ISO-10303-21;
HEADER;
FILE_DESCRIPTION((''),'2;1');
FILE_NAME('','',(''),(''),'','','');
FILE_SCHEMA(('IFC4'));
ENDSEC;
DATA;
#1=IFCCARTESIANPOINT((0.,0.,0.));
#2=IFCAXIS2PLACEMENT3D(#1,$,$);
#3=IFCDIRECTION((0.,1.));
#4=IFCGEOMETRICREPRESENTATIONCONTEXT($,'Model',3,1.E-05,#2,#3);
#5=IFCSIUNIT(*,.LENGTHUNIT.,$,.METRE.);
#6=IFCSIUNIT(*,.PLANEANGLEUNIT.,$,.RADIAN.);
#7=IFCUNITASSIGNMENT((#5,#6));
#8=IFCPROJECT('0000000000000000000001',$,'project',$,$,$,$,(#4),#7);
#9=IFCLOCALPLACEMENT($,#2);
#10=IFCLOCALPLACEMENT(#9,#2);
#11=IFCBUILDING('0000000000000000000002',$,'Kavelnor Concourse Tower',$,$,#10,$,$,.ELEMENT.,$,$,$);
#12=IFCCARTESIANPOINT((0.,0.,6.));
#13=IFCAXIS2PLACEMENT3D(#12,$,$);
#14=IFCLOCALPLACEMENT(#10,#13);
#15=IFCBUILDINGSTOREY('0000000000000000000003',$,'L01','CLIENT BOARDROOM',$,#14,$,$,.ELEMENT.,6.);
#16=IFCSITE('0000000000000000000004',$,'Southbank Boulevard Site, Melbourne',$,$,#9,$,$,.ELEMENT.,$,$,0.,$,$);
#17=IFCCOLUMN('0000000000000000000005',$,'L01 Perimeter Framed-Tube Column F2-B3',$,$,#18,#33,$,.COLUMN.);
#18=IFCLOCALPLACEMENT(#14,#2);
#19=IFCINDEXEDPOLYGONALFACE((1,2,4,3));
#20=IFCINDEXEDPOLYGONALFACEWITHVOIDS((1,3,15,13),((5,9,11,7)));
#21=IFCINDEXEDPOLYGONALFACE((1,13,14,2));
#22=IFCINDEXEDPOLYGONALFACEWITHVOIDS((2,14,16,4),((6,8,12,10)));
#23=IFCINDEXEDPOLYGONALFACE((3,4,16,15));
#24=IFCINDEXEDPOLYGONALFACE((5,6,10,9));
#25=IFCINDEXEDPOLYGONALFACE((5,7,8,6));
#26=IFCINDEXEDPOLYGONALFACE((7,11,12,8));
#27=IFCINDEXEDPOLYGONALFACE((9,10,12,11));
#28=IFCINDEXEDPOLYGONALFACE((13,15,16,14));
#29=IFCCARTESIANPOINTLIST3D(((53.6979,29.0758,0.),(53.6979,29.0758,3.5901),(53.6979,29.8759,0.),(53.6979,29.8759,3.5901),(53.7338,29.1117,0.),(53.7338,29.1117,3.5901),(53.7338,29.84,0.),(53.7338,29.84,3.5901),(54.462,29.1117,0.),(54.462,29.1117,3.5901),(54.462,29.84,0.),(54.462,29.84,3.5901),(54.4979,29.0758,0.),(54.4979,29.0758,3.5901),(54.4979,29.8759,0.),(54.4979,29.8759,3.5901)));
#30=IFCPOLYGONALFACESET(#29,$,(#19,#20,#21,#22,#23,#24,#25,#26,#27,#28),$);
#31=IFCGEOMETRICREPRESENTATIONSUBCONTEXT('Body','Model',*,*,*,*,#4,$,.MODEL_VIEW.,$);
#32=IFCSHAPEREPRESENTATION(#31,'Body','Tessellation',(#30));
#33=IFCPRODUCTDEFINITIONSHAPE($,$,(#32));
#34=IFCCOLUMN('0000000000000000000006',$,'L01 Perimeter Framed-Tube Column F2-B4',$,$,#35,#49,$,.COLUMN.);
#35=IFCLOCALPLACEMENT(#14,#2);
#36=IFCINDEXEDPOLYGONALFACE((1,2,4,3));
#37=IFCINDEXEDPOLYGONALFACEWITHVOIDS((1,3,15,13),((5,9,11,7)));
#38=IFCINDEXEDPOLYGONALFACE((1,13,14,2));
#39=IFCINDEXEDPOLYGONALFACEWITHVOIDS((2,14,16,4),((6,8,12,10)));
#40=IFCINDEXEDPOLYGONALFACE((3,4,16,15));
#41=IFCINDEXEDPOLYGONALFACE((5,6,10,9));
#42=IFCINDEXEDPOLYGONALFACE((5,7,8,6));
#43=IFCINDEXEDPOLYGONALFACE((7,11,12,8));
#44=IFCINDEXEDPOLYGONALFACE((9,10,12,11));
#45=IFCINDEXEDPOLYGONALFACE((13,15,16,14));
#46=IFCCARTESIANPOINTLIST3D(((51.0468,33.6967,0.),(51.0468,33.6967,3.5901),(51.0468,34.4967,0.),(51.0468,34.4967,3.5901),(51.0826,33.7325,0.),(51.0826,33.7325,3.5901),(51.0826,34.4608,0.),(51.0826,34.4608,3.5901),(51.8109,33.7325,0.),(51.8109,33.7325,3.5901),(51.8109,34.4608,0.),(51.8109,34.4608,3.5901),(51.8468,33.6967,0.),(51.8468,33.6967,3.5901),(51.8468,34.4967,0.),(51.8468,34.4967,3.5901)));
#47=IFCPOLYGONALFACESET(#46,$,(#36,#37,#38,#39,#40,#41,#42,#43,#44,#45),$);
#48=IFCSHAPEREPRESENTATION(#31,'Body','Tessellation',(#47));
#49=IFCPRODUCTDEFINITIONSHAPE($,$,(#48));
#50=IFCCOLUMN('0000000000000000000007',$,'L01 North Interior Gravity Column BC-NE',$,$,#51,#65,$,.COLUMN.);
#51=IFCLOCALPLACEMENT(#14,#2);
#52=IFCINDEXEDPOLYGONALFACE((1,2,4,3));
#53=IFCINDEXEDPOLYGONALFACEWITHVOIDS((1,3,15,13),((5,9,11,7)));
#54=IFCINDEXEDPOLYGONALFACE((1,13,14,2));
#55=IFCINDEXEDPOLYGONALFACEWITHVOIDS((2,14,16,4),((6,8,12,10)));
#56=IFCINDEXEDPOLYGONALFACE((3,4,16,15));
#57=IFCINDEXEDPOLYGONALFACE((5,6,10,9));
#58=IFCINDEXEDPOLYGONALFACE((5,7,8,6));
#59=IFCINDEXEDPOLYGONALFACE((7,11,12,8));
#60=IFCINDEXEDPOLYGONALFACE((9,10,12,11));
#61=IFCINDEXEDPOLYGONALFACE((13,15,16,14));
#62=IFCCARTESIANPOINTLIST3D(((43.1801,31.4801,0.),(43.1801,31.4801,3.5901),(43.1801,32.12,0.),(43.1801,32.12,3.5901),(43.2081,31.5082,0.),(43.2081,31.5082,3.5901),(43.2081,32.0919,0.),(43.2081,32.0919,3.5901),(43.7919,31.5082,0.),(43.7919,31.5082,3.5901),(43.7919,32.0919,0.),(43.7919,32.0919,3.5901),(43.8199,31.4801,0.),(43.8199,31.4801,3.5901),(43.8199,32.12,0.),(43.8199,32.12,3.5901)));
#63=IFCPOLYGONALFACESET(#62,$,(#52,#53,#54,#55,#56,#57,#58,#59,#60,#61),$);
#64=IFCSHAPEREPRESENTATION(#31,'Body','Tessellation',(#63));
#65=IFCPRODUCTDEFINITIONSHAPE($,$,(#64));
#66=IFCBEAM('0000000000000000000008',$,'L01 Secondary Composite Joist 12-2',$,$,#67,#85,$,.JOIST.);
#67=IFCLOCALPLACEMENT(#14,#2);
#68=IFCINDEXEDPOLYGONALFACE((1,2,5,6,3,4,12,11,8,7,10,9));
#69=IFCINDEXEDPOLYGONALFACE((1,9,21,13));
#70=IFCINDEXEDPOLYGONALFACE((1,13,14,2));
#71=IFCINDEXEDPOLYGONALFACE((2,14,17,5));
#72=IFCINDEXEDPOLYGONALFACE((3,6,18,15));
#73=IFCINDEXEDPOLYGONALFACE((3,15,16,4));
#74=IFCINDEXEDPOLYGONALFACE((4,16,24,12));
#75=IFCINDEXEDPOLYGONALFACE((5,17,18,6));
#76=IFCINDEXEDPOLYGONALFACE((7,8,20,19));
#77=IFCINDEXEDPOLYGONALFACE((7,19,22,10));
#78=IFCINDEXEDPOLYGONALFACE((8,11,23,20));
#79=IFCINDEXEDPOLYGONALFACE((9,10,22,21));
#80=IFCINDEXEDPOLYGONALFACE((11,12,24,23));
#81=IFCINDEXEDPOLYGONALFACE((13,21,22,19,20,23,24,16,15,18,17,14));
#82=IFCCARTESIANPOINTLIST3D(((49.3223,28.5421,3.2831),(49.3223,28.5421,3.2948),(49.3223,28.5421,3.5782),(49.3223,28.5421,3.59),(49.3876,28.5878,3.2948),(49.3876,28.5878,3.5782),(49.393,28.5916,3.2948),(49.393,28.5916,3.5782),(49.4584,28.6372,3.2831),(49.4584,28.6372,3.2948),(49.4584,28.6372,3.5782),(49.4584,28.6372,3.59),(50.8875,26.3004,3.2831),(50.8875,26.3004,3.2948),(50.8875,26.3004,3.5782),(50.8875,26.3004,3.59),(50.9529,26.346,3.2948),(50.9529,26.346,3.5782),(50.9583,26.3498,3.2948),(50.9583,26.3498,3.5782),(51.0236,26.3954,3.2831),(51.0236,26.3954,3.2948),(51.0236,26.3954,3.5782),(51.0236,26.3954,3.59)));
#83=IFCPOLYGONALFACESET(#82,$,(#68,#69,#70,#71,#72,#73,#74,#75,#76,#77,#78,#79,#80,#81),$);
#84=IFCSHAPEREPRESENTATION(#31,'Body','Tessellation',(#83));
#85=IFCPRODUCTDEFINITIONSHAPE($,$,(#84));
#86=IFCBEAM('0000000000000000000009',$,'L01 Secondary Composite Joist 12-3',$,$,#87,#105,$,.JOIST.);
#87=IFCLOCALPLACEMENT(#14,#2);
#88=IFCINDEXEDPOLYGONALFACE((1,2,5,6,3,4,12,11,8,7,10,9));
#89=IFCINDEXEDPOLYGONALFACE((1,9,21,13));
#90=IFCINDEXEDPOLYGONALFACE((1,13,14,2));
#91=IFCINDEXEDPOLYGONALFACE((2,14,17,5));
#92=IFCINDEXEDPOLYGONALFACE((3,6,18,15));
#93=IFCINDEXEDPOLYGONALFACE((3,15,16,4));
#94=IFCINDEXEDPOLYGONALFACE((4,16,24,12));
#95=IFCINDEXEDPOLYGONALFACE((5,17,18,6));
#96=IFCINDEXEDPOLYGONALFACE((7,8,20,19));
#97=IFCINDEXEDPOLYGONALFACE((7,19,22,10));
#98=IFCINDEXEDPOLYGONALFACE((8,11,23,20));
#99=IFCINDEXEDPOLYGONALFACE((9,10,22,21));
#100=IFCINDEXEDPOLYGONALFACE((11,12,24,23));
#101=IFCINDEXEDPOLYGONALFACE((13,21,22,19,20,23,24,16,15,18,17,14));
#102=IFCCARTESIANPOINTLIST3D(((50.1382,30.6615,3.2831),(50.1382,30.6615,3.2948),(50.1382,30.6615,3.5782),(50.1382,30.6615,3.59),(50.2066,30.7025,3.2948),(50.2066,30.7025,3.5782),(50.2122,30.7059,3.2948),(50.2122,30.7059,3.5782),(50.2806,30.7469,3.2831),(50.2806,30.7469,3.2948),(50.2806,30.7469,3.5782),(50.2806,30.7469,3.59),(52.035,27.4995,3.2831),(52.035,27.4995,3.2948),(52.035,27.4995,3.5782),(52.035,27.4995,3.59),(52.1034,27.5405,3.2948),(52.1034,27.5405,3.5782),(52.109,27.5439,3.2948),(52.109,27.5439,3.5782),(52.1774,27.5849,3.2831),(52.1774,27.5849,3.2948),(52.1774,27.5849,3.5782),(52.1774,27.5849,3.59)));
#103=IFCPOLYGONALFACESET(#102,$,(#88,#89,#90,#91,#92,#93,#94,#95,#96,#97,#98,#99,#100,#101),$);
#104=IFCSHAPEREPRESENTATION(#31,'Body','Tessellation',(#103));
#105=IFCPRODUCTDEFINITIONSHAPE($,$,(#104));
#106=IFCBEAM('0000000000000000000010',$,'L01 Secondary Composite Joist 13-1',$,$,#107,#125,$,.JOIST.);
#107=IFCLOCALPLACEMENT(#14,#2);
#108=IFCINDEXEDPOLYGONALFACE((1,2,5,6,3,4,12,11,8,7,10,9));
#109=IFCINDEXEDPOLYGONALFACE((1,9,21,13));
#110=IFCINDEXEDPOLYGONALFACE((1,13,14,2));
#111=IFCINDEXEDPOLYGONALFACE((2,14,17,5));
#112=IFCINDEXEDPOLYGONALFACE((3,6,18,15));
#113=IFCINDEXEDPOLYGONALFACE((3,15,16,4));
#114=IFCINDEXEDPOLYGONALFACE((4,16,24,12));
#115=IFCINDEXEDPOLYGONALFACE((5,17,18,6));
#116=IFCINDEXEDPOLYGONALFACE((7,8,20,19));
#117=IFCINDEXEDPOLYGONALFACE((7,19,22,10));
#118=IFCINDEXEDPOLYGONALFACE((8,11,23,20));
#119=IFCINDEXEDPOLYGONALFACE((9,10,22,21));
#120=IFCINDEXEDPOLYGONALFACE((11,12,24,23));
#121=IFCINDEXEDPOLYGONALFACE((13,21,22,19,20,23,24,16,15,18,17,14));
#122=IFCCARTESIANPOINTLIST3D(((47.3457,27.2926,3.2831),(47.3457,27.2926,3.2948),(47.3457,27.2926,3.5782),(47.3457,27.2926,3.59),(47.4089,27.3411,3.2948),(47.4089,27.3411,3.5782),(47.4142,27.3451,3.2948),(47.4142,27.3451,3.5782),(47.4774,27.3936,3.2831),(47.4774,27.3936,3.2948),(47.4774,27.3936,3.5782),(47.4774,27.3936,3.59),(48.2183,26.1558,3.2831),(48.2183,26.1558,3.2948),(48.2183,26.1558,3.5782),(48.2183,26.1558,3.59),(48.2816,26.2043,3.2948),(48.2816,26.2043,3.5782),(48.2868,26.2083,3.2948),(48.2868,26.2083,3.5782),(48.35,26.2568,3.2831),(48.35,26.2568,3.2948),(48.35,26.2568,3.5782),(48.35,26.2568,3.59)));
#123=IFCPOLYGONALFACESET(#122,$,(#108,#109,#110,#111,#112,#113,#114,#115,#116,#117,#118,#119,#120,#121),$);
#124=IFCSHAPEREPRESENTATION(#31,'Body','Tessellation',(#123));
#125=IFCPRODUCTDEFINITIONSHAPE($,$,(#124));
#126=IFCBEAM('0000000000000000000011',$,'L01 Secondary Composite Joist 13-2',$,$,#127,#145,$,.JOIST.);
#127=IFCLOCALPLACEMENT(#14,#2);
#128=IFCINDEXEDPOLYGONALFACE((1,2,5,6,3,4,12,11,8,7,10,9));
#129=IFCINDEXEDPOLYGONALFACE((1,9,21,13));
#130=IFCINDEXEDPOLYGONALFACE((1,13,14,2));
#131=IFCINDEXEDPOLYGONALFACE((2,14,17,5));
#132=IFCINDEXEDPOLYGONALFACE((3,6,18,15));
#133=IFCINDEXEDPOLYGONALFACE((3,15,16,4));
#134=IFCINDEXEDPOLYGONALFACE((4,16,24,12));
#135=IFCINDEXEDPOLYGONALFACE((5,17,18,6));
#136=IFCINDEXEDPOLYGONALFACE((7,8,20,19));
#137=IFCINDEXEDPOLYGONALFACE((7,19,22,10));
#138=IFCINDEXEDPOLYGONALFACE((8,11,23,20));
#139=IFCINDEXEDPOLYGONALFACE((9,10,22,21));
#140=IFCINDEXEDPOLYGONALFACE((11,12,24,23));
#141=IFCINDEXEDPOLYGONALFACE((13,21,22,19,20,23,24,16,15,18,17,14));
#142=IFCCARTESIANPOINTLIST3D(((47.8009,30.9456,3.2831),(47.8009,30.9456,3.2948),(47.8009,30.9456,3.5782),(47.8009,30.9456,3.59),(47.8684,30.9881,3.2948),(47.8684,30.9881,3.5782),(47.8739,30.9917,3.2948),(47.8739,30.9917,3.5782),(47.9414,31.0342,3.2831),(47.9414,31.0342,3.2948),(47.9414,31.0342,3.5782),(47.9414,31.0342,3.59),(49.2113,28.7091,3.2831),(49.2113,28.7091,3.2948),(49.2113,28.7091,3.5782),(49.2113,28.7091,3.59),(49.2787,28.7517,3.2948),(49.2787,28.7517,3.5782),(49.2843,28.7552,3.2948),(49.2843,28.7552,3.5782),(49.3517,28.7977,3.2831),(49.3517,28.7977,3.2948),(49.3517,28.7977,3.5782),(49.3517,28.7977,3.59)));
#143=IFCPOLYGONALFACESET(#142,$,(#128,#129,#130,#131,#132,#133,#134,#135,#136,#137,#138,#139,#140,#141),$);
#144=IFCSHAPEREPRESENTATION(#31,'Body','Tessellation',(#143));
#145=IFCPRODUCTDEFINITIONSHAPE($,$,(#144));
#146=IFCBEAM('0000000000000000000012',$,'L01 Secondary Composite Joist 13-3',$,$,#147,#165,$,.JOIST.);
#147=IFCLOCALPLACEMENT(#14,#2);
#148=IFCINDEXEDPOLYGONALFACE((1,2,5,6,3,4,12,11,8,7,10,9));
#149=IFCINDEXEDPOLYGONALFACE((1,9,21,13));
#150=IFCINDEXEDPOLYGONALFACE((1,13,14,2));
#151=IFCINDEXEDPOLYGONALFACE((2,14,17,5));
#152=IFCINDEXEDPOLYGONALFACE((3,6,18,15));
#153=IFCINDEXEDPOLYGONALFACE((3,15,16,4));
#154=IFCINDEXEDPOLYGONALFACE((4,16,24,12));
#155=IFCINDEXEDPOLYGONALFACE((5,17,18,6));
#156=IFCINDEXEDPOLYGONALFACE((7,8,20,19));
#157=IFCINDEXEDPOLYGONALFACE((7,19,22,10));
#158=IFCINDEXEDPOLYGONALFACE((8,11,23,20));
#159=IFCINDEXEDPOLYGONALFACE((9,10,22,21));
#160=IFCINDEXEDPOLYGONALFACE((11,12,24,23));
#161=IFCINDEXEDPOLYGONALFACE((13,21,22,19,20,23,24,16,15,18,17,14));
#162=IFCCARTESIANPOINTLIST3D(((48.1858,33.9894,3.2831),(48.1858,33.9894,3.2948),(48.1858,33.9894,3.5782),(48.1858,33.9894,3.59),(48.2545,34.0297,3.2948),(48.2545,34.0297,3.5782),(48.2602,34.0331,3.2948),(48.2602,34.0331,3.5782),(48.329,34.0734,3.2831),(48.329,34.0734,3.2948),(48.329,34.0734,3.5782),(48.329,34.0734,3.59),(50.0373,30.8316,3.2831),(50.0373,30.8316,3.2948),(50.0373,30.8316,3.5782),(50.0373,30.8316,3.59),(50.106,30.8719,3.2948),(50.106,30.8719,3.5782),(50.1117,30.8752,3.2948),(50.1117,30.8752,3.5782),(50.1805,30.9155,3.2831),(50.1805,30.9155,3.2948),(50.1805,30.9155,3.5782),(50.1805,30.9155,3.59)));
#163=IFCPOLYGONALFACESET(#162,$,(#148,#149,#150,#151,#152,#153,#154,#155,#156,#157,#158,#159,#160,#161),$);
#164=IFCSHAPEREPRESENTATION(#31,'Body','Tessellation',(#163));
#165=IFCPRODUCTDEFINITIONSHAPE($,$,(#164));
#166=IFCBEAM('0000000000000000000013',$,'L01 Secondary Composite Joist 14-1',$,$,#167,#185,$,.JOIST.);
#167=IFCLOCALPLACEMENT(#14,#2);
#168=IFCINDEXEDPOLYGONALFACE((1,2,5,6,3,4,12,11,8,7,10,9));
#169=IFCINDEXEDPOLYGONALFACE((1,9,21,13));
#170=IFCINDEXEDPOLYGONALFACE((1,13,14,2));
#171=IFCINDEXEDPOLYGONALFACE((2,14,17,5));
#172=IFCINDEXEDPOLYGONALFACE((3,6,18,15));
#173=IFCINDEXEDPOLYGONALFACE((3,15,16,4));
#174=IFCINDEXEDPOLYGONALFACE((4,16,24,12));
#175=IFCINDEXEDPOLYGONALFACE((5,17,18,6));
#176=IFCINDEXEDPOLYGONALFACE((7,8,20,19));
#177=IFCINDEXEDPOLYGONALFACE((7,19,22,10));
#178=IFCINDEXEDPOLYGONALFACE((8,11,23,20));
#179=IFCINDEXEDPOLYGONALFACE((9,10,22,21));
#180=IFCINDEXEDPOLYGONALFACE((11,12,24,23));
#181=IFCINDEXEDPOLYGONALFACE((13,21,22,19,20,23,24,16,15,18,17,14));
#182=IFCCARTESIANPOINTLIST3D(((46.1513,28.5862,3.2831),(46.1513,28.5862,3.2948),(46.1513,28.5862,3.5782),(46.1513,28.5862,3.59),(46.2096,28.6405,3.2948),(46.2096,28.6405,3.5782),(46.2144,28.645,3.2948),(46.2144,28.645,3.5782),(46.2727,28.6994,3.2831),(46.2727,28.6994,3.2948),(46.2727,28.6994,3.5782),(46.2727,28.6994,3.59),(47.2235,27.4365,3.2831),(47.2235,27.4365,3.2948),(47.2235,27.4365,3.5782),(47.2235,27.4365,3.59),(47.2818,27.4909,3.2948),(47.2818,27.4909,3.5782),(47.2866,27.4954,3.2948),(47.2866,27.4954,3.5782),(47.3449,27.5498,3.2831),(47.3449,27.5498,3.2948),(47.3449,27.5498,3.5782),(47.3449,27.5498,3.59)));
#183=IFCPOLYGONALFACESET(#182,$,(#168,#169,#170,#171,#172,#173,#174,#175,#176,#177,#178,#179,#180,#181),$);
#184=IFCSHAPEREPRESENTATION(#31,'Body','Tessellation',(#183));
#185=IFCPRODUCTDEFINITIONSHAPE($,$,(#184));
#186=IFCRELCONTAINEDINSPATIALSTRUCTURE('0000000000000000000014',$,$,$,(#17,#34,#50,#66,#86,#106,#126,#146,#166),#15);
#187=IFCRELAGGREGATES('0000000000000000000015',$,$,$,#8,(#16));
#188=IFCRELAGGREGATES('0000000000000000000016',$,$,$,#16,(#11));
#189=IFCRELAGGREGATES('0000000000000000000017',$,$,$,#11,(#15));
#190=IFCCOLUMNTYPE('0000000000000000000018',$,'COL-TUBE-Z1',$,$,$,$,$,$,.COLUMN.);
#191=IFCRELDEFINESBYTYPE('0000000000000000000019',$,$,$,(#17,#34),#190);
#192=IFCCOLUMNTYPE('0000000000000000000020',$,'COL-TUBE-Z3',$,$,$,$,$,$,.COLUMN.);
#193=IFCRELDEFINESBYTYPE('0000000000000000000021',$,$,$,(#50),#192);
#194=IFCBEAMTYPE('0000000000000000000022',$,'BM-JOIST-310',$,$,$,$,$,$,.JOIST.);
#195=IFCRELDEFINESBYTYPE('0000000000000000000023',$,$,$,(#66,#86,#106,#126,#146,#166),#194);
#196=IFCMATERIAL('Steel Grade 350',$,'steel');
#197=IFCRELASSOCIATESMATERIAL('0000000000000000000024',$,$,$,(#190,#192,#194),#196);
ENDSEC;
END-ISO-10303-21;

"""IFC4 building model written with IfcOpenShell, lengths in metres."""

from ifc_helpers import new_model, si_unit, direction, frame, origin, origin_2d, place, context, subcontext, project, spatial, hollow_rectangle, i_section, extrude, material, material_profile, profile_set, type_object, element, save


model = new_model("IFC4")

# Units and contexts
model_context = context("Model", 3, precision=1e-05, world=origin(), true_north=direction((0.0, 1.0)))
body_context = subcontext(model_context, "Body", "Model", "MODEL_VIEW")
ifc_project = project(units=[si_unit("LENGTHUNIT", "METRE"), si_unit("PLANEANGLEUNIT", "RADIAN")], contexts=[model_context])

# Site, building, storey
site_placement = place(None, origin())
site = spatial("IfcSite", under=ifc_project, at=site_placement, Name="Southbank Boulevard Site, Melbourne", CompositionType="ELEMENT", RefElevation=0.0)
building_placement = place(site_placement, origin())
building = spatial("IfcBuilding", under=site, at=building_placement, Name="Kavelnor Concourse Tower", CompositionType="ELEMENT")
storey_placement = place(building_placement, frame((0.0, 0.0, 6.0)))
storey = spatial("IfcBuildingStorey", under=building, at=storey_placement, Name="L01", Description="CLIENT BOARDROOM", CompositionType="ELEMENT", Elevation=6.0)

# Columns
ifc_material = material(Name="Steel Grade 350", Category="steel")
ifc_material_profile_1 = material_profile(ifc_material, hollow_rectangle(XDim=0.8, YDim=0.8, WallThickness=0.0359, at=origin_2d()), Name="SHS 800x800x36")
ifc_profile_set_1 = profile_set([ifc_material_profile_1], Name="Steel Grade 350")
column_type_1 = type_object("IfcColumnType", Name="COL-TUBE-Z1", PredefinedType="COLUMN", material=ifc_profile_set_1)
for number, where, z_axis, x_axis, name in (
    (1, (54.0979, 29.4758, 0.0), (0.0, 0.0, 1.0), (1.0, 0.0, 0.0), "L01 Perimeter Framed-Tube Column F2-B3"),
    (2, (51.4468, 34.0967, 0.0), (0.0, 0.0, 1.0), (1.0, 0.0, 0.0), "L01 Perimeter Framed-Tube Column F2-B4"),
):
    element("IfcColumn", number, at=place(storey_placement, frame(where, z_axis=z_axis, x_axis=x_axis)), inside=storey, type_object=column_type_1, Name=name, PredefinedType="COLUMN", context=body_context, shape_type="SweptSolid", body=[
        extrude(hollow_rectangle(XDim=0.8, YDim=0.8, WallThickness=0.0359, at=origin_2d()), origin(), (0.0, 0.0, 1.0), 3.5901),
    ])
ifc_material_profile_2 = material_profile(ifc_material, hollow_rectangle(XDim=0.6399, YDim=0.6399, WallThickness=0.0281, at=origin_2d()), Name="SHS 640x640x28")
ifc_profile_set_2 = profile_set([ifc_material_profile_2], Name="Steel Grade 350")
column_type_2 = type_object("IfcColumnType", Name="COL-TUBE-Z3", PredefinedType="COLUMN", material=ifc_profile_set_2)
column_placement = place(storey_placement, frame((43.5, 31.8, 0.0), z_axis=(0.0, 0.0, 1.0), x_axis=(1.0, 0.0, 0.0)))
element("IfcColumn", 3, at=column_placement, inside=storey, type_object=column_type_2, Name="L01 North Interior Gravity Column BC-NE", PredefinedType="COLUMN", context=body_context, shape_type="SweptSolid", body=[
    extrude(hollow_rectangle(XDim=0.6399, YDim=0.6399, WallThickness=0.0281, at=origin_2d()), origin(), (0.0, 0.0, 1.0), 3.5901),
])

# Beams
ifc_material_profile_3 = material_profile(ifc_material, i_section(OverallWidth=0.166, OverallDepth=0.3069, WebThickness=0.0066, FlangeThickness=0.0117, at=origin_2d()), Name="310UB46")
ifc_profile_set_3 = profile_set([ifc_material_profile_3], Name="Steel Grade 350")
beam_type_1 = type_object("IfcBeamType", Name="BM-JOIST-310", PredefinedType="JOIST", material=ifc_profile_set_3)
beam_1_placement = place(storey_placement, frame((50.9556, 26.3479, 3.4365), z_axis=(-0.572479, 0.819919, 0.0), x_axis=(-0.819919, -0.572479, 0.0)))
element("IfcBeam", 4, at=beam_1_placement, inside=storey, type_object=beam_type_1, Name="L01 Secondary Composite Joist 12-2", PredefinedType="JOIST", context=body_context, shape_type="SweptSolid", body=[
    extrude(i_section(OverallWidth=0.166, OverallDepth=0.3069, WebThickness=0.0066, FlangeThickness=0.0117, at=origin_2d()), origin(), (0.0, 0.0, 1.0), 2.7341),
])
beam_2_placement = place(storey_placement, frame((52.1062, 27.5422, 3.4365), z_axis=(-0.514418, 0.85754, 0.0), x_axis=(-0.85754, -0.514418, 0.0)))
element("IfcBeam", 5, at=beam_2_placement, inside=storey, type_object=beam_type_1, Name="L01 Secondary Composite Joist 12-3", PredefinedType="JOIST", context=body_context, shape_type="SweptSolid", body=[
    extrude(i_section(OverallWidth=0.166, OverallDepth=0.3069, WebThickness=0.0066, FlangeThickness=0.0117, at=origin_2d()), origin(), (0.0, 0.0, 1.0), 3.6873),
])
beam_3_placement = place(storey_placement, frame((48.2842, 26.2063, 3.4365), z_axis=(-0.608904, 0.793244, 0.0), x_axis=(-0.793244, -0.608904, 0.0)))
element("IfcBeam", 6, at=beam_3_placement, inside=storey, type_object=beam_type_1, Name="L01 Secondary Composite Joist 13-1", PredefinedType="JOIST", context=body_context, shape_type="SweptSolid", body=[
    extrude(i_section(OverallWidth=0.166, OverallDepth=0.3069, WebThickness=0.0066, FlangeThickness=0.0117, at=origin_2d()), origin(), (0.0, 0.0, 1.0), 1.4331),
])
beam_4_placement = place(storey_placement, frame((49.2815, 28.7534, 3.4365), z_axis=(-0.533406, 0.845859, 0.0), x_axis=(-0.845859, -0.533406, 0.0)))
element("IfcBeam", 7, at=beam_4_placement, inside=storey, type_object=beam_type_1, Name="L01 Secondary Composite Joist 13-2", PredefinedType="JOIST", context=body_context, shape_type="SweptSolid", body=[
    extrude(i_section(OverallWidth=0.166, OverallDepth=0.3069, WebThickness=0.0066, FlangeThickness=0.0117, at=origin_2d()), origin(), (0.0, 0.0, 1.0), 2.644),
])
beam_5_placement = place(storey_placement, frame((50.1089, 30.8735, 3.4365), z_axis=(-0.50579, 0.862657, 0.0), x_axis=(-0.862657, -0.50579, 0.0)))
element("IfcBeam", 8, at=beam_5_placement, inside=storey, type_object=beam_type_1, Name="L01 Secondary Composite Joist 13-3", PredefinedType="JOIST", context=body_context, shape_type="SweptSolid", body=[
    extrude(i_section(OverallWidth=0.166, OverallDepth=0.3069, WebThickness=0.0066, FlangeThickness=0.0117, at=origin_2d()), origin(), (0.0, 0.0, 1.0), 3.6606),
])
beam_6_placement = place(storey_placement, frame((47.2842, 27.4932, 3.4365), z_axis=(-0.682064, 0.731293, 0.0), x_axis=(-0.731293, -0.682064, 0.0)))
element("IfcBeam", 9, at=beam_6_placement, inside=storey, type_object=beam_type_1, Name="L01 Secondary Composite Joist 14-1", PredefinedType="JOIST", context=body_context, shape_type="SweptSolid", body=[
    extrude(i_section(OverallWidth=0.166, OverallDepth=0.3069, WebThickness=0.0066, FlangeThickness=0.0117, at=origin_2d()), origin(), (0.0, 0.0, 1.0), 1.572),
])

save(model, "model.ifc")
